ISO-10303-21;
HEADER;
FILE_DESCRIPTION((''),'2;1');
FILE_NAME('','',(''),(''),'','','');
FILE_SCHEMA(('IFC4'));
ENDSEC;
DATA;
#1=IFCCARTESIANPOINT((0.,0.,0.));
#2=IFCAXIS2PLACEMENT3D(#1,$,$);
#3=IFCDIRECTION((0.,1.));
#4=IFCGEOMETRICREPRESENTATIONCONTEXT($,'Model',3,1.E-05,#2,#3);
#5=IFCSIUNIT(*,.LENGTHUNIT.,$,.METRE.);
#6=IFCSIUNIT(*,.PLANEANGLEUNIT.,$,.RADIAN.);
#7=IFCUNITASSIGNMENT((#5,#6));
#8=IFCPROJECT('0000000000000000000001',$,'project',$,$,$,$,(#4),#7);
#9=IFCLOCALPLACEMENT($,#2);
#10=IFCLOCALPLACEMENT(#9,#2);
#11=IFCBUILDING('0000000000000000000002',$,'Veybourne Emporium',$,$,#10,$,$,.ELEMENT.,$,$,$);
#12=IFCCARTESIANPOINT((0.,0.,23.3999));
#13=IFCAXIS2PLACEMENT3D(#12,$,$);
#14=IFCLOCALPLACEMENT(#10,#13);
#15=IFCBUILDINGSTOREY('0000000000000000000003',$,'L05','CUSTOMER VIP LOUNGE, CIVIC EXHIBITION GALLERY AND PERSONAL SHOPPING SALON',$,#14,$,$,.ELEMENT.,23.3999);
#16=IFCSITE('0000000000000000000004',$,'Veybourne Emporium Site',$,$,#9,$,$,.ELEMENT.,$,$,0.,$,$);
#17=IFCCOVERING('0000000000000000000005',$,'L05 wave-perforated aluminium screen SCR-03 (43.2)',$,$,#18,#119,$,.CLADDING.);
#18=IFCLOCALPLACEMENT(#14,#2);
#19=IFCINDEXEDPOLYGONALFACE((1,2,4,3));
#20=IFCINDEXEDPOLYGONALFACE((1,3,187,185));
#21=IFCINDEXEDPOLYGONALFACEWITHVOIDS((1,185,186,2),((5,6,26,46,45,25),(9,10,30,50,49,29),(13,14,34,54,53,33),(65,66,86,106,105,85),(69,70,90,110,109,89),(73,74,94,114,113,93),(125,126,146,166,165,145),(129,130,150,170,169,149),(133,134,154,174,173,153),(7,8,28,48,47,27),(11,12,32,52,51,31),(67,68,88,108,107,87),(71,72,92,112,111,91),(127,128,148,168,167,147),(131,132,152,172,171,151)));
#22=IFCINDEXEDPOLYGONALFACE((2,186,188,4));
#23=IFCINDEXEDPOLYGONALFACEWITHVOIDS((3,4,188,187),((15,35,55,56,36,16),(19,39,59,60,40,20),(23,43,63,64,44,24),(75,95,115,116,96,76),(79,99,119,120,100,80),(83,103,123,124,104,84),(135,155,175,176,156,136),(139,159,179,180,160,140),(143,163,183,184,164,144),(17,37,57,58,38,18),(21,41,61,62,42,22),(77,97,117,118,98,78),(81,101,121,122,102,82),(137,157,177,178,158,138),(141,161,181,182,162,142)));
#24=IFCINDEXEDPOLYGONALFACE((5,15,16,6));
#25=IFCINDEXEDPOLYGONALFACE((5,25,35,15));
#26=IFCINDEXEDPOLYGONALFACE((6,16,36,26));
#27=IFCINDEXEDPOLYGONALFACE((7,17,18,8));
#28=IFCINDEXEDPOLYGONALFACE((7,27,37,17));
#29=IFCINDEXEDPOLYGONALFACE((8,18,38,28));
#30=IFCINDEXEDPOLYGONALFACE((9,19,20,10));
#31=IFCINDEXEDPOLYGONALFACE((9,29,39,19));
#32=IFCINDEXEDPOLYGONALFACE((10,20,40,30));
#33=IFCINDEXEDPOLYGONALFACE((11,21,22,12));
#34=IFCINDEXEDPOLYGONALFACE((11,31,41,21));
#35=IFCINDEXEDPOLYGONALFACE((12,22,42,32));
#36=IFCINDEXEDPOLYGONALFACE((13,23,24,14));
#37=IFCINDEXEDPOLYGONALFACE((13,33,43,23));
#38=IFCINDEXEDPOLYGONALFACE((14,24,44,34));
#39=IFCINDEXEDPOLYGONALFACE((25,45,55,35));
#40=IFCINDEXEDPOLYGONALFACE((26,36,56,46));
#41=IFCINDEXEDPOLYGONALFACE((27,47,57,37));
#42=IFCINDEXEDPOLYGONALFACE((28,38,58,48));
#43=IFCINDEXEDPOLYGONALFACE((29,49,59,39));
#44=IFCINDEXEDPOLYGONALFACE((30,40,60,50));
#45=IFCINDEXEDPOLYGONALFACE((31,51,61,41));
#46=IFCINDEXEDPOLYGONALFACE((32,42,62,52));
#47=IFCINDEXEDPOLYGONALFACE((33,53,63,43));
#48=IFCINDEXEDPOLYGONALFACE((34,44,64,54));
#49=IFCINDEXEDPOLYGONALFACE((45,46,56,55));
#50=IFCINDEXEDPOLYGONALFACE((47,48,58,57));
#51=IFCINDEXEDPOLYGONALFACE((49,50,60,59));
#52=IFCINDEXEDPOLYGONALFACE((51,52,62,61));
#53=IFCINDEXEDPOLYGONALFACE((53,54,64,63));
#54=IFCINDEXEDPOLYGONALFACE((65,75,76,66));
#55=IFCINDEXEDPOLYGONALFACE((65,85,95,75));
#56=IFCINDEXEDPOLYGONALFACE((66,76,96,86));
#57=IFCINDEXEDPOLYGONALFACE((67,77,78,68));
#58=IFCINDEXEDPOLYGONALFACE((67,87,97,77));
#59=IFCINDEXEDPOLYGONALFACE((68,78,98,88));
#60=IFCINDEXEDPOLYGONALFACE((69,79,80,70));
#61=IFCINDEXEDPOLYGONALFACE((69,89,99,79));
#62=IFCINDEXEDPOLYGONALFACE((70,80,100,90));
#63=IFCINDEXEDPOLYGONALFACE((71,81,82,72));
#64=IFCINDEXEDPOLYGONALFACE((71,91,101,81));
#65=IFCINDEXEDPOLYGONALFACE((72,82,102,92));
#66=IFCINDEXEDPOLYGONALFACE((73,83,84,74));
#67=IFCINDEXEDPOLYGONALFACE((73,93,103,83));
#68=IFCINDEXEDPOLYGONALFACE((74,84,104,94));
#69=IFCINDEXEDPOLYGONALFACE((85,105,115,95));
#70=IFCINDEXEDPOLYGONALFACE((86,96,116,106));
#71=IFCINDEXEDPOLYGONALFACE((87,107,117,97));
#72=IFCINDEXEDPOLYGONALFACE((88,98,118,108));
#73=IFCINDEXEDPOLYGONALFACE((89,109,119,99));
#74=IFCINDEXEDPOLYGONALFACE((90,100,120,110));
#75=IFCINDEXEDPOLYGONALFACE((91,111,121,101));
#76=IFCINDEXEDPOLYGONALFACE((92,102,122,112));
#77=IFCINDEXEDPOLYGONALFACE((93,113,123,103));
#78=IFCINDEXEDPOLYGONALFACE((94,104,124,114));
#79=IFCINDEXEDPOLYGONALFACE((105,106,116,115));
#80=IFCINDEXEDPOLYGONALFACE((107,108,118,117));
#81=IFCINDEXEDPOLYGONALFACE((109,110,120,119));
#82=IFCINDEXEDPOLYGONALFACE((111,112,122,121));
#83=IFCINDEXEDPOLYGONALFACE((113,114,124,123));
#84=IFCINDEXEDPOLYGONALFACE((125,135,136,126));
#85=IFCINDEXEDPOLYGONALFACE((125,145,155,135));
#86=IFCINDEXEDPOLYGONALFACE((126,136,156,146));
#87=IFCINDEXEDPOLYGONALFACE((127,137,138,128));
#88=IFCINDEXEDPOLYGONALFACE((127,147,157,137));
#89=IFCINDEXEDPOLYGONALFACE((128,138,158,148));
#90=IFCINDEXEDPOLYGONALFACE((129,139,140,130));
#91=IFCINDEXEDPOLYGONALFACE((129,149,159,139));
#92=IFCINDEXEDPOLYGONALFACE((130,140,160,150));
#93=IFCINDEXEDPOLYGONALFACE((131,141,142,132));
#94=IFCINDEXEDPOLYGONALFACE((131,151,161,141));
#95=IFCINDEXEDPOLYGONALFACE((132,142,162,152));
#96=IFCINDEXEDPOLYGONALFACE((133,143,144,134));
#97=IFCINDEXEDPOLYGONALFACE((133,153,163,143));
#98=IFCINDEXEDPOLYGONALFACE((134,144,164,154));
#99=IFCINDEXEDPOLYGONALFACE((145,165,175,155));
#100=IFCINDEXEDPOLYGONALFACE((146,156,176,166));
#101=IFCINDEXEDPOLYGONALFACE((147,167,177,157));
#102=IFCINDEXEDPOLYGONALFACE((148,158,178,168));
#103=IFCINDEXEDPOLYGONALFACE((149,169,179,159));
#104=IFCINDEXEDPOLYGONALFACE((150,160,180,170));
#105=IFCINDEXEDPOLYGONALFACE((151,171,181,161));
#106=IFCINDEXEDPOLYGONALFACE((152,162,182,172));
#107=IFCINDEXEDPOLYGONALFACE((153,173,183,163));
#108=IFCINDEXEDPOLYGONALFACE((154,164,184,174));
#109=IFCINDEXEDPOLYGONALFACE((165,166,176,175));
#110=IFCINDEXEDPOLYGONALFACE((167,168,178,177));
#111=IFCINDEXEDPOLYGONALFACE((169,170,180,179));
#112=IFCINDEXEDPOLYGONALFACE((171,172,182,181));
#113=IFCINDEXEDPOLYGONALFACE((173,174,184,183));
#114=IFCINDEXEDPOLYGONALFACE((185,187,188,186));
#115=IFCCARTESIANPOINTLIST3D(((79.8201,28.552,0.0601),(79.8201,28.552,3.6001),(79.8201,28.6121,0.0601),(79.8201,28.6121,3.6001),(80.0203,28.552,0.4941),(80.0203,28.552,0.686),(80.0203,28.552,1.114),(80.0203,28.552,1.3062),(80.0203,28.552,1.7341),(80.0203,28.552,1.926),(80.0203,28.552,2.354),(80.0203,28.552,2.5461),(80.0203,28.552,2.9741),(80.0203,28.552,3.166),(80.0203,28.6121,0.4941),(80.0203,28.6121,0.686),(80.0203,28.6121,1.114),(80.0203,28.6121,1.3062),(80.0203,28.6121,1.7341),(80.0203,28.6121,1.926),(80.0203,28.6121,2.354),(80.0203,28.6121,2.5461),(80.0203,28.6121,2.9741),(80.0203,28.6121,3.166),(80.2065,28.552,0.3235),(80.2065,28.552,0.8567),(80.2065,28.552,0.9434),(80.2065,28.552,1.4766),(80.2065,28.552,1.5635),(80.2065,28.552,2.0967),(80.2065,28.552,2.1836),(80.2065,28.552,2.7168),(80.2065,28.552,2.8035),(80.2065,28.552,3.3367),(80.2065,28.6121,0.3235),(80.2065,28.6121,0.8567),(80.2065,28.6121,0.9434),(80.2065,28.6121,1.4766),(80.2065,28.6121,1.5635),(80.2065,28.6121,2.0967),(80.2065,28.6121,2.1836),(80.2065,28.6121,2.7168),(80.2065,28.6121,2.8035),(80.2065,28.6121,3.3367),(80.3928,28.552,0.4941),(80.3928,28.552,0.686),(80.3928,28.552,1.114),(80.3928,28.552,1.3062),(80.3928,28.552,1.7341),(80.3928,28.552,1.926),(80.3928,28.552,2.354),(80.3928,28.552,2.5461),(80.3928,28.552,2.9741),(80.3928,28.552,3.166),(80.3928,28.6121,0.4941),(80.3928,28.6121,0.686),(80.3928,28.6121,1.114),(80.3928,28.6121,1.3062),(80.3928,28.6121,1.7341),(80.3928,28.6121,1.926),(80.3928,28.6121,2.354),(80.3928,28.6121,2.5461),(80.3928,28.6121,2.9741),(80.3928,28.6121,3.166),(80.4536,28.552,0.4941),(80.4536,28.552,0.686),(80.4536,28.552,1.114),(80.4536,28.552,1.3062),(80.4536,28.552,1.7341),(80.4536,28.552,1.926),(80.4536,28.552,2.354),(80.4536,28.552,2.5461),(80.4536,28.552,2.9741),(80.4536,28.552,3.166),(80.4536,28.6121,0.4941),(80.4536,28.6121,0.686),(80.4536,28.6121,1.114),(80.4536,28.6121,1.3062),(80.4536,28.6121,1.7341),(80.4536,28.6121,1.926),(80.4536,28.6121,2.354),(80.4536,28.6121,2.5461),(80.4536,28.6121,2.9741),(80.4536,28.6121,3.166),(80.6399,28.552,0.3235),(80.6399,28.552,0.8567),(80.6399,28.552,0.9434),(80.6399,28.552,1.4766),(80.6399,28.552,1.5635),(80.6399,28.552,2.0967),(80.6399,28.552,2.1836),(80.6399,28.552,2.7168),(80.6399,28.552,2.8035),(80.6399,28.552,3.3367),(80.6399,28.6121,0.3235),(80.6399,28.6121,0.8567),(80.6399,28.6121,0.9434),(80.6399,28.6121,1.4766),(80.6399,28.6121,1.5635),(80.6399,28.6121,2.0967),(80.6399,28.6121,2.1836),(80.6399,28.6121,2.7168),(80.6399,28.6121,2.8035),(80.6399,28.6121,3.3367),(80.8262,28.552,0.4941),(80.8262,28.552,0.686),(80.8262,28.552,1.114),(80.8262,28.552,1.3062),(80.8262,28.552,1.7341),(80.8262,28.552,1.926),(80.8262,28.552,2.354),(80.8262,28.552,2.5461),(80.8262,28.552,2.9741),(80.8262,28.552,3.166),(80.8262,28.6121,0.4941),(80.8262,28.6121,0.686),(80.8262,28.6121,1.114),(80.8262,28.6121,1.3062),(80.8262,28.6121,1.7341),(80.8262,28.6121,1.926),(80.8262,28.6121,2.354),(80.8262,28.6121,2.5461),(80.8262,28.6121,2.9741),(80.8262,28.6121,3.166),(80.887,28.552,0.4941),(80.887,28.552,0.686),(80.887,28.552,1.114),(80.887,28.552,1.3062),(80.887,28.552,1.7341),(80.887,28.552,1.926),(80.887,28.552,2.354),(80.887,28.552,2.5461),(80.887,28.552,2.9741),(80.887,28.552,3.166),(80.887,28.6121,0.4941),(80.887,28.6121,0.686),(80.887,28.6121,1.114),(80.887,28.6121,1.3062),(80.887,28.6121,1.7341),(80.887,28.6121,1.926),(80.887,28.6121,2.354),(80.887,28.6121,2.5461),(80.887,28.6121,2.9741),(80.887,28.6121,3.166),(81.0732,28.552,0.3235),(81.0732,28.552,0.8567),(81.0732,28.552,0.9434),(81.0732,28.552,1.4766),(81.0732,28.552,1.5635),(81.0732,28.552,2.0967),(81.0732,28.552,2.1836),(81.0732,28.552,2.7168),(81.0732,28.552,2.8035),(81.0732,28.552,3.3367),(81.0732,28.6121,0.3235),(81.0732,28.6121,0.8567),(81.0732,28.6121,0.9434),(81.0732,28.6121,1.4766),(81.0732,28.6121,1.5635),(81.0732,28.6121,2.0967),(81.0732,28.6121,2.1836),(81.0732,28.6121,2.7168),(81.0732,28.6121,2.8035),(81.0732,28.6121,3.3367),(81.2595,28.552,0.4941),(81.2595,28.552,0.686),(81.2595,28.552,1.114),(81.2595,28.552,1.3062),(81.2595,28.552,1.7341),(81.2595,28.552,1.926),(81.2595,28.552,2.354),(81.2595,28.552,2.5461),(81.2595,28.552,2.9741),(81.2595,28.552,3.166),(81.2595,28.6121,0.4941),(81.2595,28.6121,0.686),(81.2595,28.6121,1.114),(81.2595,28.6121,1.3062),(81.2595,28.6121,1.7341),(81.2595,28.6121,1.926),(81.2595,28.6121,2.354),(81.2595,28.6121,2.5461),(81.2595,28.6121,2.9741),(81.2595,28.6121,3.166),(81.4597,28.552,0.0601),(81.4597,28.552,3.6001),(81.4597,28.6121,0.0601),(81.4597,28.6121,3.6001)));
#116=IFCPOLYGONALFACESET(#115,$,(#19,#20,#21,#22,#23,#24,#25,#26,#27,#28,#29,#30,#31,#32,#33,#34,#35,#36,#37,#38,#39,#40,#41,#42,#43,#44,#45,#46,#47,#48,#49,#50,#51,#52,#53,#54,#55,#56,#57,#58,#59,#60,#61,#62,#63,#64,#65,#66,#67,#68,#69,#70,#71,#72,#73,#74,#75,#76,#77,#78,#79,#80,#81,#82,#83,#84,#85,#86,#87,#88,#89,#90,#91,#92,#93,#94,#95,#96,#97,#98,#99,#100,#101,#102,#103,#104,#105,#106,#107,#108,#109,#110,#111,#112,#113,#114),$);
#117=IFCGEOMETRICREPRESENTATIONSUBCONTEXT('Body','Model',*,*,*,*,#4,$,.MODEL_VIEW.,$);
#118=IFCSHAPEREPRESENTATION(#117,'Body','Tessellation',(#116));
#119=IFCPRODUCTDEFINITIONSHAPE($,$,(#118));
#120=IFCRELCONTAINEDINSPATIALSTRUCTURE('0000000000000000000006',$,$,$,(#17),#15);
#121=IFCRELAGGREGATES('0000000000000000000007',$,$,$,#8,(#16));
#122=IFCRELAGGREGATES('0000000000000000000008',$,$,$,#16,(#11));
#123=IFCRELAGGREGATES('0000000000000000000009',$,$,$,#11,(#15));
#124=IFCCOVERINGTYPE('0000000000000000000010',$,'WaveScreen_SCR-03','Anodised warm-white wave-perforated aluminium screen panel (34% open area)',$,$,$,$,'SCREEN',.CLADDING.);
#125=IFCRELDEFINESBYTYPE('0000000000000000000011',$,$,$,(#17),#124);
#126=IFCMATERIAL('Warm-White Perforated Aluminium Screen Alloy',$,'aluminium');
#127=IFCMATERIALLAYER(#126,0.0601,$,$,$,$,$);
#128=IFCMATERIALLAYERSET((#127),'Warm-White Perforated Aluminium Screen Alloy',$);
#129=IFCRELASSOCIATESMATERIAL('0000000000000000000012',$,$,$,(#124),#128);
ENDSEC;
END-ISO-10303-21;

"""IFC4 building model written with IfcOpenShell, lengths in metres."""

from ifc_helpers import new_model, si_unit, direction, frame, origin, place, context, subcontext, project, spatial, polyline, outline, extrude, material, layer, layer_set, type_object, element, save


model = new_model("IFC4")

# Units and contexts
model_context = context("Model", 3, precision=1e-05, world=origin(), true_north=direction((0.0, 1.0)))
body_context = subcontext(model_context, "Body", "Model", "MODEL_VIEW")
ifc_project = project(units=[si_unit("LENGTHUNIT", "METRE"), si_unit("PLANEANGLEUNIT", "RADIAN")], contexts=[model_context])

# Site, building, storey
site_placement = place(None, origin())
site = spatial("IfcSite", under=ifc_project, at=site_placement, Name="Veybourne Emporium Site", CompositionType="ELEMENT", RefElevation=0.0)
building_placement = place(site_placement, origin())
building = spatial("IfcBuilding", under=site, at=building_placement, Name="Veybourne Emporium", CompositionType="ELEMENT")
storey_placement = place(building_placement, frame((0.0, 0.0, 23.3999)))
storey = spatial("IfcBuildingStorey", under=building, at=storey_placement, Name="L05", Description="CUSTOMER VIP LOUNGE, CIVIC EXHIBITION GALLERY AND PERSONAL SHOPPING SALON", CompositionType="ELEMENT", Elevation=23.3999)

# Covering
ifc_material_1 = material(Name="Warm-White Perforated Aluminium Screen Alloy", Category="aluminium")
ifc_layer_1 = layer(ifc_material_1, 0.0601)
ifc_layer_set_1 = layer_set([ifc_layer_1], Name="Warm-White Perforated Aluminium Screen Alloy")
covering_type_1 = type_object("IfcCoveringType", Name="WaveScreen_SCR-03", Description="Anodised warm-white wave-perforated aluminium screen panel (34% open area)", ElementType="SCREEN", PredefinedType="CLADDING", material=ifc_layer_set_1)
covering_1_placement = place(storey_placement, frame((80.6399, 28.552, 1.8301), z_axis=(0.0, 1.0, 0.0), x_axis=(-1.0, 0.0, 0.0)))
element("IfcCovering", 1, at=covering_1_placement, inside=storey, type_object=covering_type_1, Name="L05 wave-perforated aluminium screen SCR-03 (43.2)", PredefinedType="CLADDING", context=body_context, shape_type="SweptSolid", body=[
    extrude(outline(polyline([(-0.8198, -1.77), (0.8198, -1.77), (0.8198, 1.77), (-0.8198, 1.77), (-0.8198, -1.77)]), holes=[polyline([(-0.4333, -0.9734), (-0.2471, -1.144), (-0.2471, -1.3359), (-0.4333, -1.5066), (-0.6196, -1.3359), (-0.6196, -1.144), (-0.4333, -0.9734)]), polyline([(-0.4333, -0.3535), (-0.2471, -0.5239), (-0.2471, -0.7161), (-0.4333, -0.8867), (-0.6196, -0.7161), (-0.6196, -0.5239), (-0.4333, -0.3535)]), polyline([(-0.4333, 0.2666), (-0.2471, 0.0959), (-0.2471, -0.0959), (-0.4333, -0.2666), (-0.6196, -0.0959), (-0.6196, 0.0959), (-0.4333, 0.2666)]), polyline([(-0.4333, 0.8867), (-0.2471, 0.7161), (-0.2471, 0.5239), (-0.4333, 0.3535), (-0.6196, 0.5239), (-0.6196, 0.7161), (-0.4333, 0.8867)]), polyline([(-0.4333, 1.5066), (-0.2471, 1.3359), (-0.2471, 1.144), (-0.4333, 0.9734), (-0.6196, 1.144), (-0.6196, 1.3359), (-0.4333, 1.5066)]), polyline([(0.0, -0.9734), (0.1863, -1.144), (0.1863, -1.3359), (0.0, -1.5066), (-0.1863, -1.3359), (-0.1863, -1.144), (0.0, -0.9734)]), polyline([(0.0, -0.3535), (0.1863, -0.5239), (0.1863, -0.7161), (0.0, -0.8867), (-0.1863, -0.7161), (-0.1863, -0.5239), (0.0, -0.3535)]), polyline([(0.0, 0.2666), (0.1863, 0.0959), (0.1863, -0.0959), (0.0, -0.2666), (-0.1863, -0.0959), (-0.1863, 0.0959), (0.0, 0.2666)]), polyline([(0.0, 0.8867), (0.1863, 0.7161), (0.1863, 0.5239), (0.0, 0.3535), (-0.1863, 0.5239), (-0.1863, 0.7161), (0.0, 0.8867)]), polyline([(0.0, 1.5066), (0.1863, 1.3359), (0.1863, 1.144), (0.0, 0.9734), (-0.1863, 1.144), (-0.1863, 1.3359), (0.0, 1.5066)]), polyline([(0.4333, -0.9734), (0.6196, -1.144), (0.6196, -1.3359), (0.4333, -1.5066), (0.2471, -1.3359), (0.2471, -1.144), (0.4333, -0.9734)]), polyline([(0.4333, -0.3535), (0.6196, -0.5239), (0.6196, -0.7161), (0.4333, -0.8867), (0.2471, -0.7161), (0.2471, -0.5239), (0.4333, -0.3535)]), polyline([(0.4333, 0.2666), (0.6196, 0.0959), (0.6196, -0.0959), (0.4333, -0.2666), (0.2471, -0.0959), (0.2471, 0.0959), (0.4333, 0.2666)]), polyline([(0.4333, 0.8867), (0.6196, 0.7161), (0.6196, 0.5239), (0.4333, 0.3535), (0.2471, 0.5239), (0.2471, 0.7161), (0.4333, 0.8867)]), polyline([(0.4333, 1.5066), (0.6196, 1.3359), (0.6196, 1.144), (0.4333, 0.9734), (0.2471, 1.144), (0.2471, 1.3359), (0.4333, 1.5066)])]), origin(), (0.0, 0.0, 1.0), 0.0601),
])

save(model, "model.ifc")
